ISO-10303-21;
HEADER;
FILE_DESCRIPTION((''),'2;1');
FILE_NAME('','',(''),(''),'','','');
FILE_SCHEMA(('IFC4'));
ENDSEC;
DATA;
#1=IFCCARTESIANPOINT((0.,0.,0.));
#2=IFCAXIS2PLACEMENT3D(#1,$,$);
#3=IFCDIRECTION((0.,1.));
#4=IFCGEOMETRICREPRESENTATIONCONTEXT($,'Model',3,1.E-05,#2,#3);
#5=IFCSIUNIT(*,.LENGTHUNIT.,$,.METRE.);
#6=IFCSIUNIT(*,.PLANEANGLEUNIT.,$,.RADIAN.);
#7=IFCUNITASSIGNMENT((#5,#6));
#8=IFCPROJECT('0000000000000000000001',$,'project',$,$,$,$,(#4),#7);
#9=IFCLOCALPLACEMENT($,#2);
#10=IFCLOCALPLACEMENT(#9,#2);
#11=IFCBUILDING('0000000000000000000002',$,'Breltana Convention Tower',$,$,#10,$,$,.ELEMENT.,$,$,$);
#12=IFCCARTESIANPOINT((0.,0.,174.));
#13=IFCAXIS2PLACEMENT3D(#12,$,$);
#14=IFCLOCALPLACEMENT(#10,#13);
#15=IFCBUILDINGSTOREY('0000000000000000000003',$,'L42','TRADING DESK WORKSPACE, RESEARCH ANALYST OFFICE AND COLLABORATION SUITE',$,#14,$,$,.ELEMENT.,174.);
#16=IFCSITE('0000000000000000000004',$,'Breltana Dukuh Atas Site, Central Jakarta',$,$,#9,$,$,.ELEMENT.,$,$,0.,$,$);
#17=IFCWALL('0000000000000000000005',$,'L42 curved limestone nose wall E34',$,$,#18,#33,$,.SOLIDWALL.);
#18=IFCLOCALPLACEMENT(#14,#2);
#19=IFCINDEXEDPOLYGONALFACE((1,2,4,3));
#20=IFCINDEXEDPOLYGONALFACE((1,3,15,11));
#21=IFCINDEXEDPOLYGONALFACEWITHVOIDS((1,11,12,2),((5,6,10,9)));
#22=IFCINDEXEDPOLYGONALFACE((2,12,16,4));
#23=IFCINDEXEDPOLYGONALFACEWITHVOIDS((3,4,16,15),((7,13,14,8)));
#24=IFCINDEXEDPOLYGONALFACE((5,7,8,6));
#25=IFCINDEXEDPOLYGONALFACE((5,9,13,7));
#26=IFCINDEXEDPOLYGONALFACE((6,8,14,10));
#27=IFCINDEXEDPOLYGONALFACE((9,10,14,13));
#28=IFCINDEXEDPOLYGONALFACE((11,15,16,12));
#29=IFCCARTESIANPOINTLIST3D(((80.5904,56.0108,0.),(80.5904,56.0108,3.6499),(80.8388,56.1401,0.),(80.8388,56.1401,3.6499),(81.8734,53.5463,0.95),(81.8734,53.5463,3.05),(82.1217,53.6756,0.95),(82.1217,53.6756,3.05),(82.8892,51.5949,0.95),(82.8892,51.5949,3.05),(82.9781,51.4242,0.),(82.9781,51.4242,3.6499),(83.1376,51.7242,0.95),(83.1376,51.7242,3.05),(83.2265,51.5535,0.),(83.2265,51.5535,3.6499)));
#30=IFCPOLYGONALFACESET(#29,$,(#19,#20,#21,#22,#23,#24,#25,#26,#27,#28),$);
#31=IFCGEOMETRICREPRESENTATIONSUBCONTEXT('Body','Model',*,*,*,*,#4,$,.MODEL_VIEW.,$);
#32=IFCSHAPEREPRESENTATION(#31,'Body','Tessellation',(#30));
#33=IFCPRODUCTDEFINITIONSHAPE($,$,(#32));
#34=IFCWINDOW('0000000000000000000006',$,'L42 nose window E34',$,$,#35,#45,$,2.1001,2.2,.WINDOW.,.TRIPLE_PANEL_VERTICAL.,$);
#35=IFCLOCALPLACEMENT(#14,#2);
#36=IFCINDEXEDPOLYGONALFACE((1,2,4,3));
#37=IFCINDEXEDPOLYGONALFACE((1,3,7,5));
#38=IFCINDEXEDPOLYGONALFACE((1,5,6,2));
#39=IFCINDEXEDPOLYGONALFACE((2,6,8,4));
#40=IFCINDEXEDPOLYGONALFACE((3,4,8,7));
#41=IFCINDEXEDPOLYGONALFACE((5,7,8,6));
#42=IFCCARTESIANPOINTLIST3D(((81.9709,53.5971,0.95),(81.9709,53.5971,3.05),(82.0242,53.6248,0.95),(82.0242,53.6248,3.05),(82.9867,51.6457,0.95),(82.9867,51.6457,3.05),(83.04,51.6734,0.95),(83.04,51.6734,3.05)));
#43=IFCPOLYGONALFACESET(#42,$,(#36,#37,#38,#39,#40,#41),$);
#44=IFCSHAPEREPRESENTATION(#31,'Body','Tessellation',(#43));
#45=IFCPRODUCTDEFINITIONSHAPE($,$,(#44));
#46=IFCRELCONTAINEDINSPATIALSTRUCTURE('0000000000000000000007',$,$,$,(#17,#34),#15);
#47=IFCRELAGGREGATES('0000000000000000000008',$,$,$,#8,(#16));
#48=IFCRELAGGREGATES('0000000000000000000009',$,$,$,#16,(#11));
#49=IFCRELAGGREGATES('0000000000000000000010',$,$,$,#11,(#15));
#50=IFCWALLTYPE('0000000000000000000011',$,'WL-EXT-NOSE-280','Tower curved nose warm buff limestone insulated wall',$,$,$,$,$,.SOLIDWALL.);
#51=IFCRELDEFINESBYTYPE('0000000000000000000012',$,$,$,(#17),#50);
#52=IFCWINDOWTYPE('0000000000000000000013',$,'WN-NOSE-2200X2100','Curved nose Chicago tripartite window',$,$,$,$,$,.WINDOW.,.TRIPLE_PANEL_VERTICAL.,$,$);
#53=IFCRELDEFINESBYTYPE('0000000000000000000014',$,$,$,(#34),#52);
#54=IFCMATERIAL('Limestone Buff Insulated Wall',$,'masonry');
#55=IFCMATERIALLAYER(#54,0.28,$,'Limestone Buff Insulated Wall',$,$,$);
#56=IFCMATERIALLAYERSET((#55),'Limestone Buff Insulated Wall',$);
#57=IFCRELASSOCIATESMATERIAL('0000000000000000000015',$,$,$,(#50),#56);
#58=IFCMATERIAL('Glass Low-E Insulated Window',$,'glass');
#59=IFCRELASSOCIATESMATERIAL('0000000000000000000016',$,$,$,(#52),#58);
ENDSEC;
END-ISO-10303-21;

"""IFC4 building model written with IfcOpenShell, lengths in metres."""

from ifc_helpers import new_model, si_unit, direction, frame, frame_2d, origin, place, context, subcontext, project, spatial, rectangle, extrude, source, transform, mapped, material, layer, layer_set, type_object, type_shapes, element, fill, save


model = new_model("IFC4")

# Units and contexts
model_context = context("Model", 3, precision=1e-05, world=origin(), true_north=direction((0.0, 1.0)))
body_context = subcontext(model_context, "Body", "Model", "MODEL_VIEW")
ifc_project = project(units=[si_unit("LENGTHUNIT", "METRE"), si_unit("PLANEANGLEUNIT", "RADIAN")], contexts=[model_context])

# Site, building, storey
site_placement = place(None, origin())
site = spatial("IfcSite", under=ifc_project, at=site_placement, Name="Breltana Dukuh Atas Site, Central Jakarta", CompositionType="ELEMENT", RefElevation=0.0)
building_placement = place(site_placement, origin())
building = spatial("IfcBuilding", under=site, at=building_placement, Name="Breltana Convention Tower", CompositionType="ELEMENT")
storey_placement = place(building_placement, frame((0.0, 0.0, 174.0)))
storey = spatial("IfcBuildingStorey", under=building, at=storey_placement, Name="L42", Description="TRADING DESK WORKSPACE, RESEARCH ANALYST OFFICE AND COLLABORATION SUITE", CompositionType="ELEMENT", Elevation=174.0)

# Wall, opening, window
ifc_material_1 = material(Name="Limestone Buff Insulated Wall", Category="masonry")
ifc_layer_1 = layer(ifc_material_1, 0.28, Name="Limestone Buff Insulated Wall")
ifc_layer_set_1 = layer_set([ifc_layer_1], Name="Limestone Buff Insulated Wall")
wall_type = type_object("IfcWallType", Name="WL-EXT-NOSE-280", Description="Tower curved nose warm buff limestone insulated wall", PredefinedType="SOLIDWALL", material=ifc_layer_set_1)
ifc_material_2 = material(Name="Glass Low-E Insulated Window", Category="glass")
window_type = type_object("IfcWindowType", Name="WN-NOSE-2200X2100", Description="Curved nose Chicago tripartite window", PartitioningType="TRIPLE_PANEL_VERTICAL", PredefinedType="WINDOW", material=ifc_material_2)
shared_shape_1 = source(origin(), body_context, "Body", "SweptSolid", [
    extrude(rectangle(XDim=2.2, YDim=2.1001, at=frame_2d((1.1001, 1.05))), frame((0.0, 0.03, 0.0), z_axis=(0.0, -1.0, 0.0), x_axis=(1.0, 0.0, 0.0)), (0.0, 0.0, 1.0), 0.0601),
])
type_shapes(window_type, [shared_shape_1])
shared_shape_2 = source(origin(), body_context, "Body", "SweptSolid", [
    extrude(rectangle(XDim=5.1709, YDim=0.28, at=frame_2d((2.5854, 0.0))), origin(), (0.0, 0.0, 1.0), 3.6499),
])
wall_1_placement = place(storey_placement, frame((80.7146, 56.0754, 0.0), z_axis=(0.0, 0.0, 1.0), x_axis=(0.461753, -0.887009, 0.0)))
wall_1 = element("IfcWall", 1, at=wall_1_placement, inside=storey, type_object=wall_type, Name="L42 curved limestone nose wall E34", PredefinedType="SOLIDWALL", context=body_context, shape_type="MappedRepresentation", body=[
    mapped(shared_shape_2, transform((0.0, 0.0, 0.0), scale=1.0)),
])
opening_1_placement = place(wall_1_placement, frame((2.7783, 0.0, 0.95)))
opening_1 = element("IfcOpeningElement", 2, at=opening_1_placement, cuts=wall_1, PredefinedType="OPENING", context=body_context, shape_type="SweptSolid", body=[
    extrude(rectangle(XDim=2.2, YDim=2.1001, at=frame_2d((1.1001, 1.05))), frame((0.0, 0.1499, 0.0), z_axis=(0.0, -1.0, 0.0), x_axis=(1.0, 0.0, 0.0)), (0.0, 0.0, 1.0), 0.3),
])
window_1_placement = place(opening_1_placement, origin())
window_1 = element("IfcWindow", 3, at=window_1_placement, inside=storey, type_object=window_type, Name="L42 nose window E34", OverallHeight=2.1001, OverallWidth=2.2, PartitioningType="TRIPLE_PANEL_VERTICAL", PredefinedType="WINDOW", context=body_context, shape_type="MappedRepresentation", body=[
    mapped(shared_shape_1, transform((0.0, 0.0, 0.0), scale=1.0)),
])
fill(opening_1, window_1)

save(model, "model.ifc")
